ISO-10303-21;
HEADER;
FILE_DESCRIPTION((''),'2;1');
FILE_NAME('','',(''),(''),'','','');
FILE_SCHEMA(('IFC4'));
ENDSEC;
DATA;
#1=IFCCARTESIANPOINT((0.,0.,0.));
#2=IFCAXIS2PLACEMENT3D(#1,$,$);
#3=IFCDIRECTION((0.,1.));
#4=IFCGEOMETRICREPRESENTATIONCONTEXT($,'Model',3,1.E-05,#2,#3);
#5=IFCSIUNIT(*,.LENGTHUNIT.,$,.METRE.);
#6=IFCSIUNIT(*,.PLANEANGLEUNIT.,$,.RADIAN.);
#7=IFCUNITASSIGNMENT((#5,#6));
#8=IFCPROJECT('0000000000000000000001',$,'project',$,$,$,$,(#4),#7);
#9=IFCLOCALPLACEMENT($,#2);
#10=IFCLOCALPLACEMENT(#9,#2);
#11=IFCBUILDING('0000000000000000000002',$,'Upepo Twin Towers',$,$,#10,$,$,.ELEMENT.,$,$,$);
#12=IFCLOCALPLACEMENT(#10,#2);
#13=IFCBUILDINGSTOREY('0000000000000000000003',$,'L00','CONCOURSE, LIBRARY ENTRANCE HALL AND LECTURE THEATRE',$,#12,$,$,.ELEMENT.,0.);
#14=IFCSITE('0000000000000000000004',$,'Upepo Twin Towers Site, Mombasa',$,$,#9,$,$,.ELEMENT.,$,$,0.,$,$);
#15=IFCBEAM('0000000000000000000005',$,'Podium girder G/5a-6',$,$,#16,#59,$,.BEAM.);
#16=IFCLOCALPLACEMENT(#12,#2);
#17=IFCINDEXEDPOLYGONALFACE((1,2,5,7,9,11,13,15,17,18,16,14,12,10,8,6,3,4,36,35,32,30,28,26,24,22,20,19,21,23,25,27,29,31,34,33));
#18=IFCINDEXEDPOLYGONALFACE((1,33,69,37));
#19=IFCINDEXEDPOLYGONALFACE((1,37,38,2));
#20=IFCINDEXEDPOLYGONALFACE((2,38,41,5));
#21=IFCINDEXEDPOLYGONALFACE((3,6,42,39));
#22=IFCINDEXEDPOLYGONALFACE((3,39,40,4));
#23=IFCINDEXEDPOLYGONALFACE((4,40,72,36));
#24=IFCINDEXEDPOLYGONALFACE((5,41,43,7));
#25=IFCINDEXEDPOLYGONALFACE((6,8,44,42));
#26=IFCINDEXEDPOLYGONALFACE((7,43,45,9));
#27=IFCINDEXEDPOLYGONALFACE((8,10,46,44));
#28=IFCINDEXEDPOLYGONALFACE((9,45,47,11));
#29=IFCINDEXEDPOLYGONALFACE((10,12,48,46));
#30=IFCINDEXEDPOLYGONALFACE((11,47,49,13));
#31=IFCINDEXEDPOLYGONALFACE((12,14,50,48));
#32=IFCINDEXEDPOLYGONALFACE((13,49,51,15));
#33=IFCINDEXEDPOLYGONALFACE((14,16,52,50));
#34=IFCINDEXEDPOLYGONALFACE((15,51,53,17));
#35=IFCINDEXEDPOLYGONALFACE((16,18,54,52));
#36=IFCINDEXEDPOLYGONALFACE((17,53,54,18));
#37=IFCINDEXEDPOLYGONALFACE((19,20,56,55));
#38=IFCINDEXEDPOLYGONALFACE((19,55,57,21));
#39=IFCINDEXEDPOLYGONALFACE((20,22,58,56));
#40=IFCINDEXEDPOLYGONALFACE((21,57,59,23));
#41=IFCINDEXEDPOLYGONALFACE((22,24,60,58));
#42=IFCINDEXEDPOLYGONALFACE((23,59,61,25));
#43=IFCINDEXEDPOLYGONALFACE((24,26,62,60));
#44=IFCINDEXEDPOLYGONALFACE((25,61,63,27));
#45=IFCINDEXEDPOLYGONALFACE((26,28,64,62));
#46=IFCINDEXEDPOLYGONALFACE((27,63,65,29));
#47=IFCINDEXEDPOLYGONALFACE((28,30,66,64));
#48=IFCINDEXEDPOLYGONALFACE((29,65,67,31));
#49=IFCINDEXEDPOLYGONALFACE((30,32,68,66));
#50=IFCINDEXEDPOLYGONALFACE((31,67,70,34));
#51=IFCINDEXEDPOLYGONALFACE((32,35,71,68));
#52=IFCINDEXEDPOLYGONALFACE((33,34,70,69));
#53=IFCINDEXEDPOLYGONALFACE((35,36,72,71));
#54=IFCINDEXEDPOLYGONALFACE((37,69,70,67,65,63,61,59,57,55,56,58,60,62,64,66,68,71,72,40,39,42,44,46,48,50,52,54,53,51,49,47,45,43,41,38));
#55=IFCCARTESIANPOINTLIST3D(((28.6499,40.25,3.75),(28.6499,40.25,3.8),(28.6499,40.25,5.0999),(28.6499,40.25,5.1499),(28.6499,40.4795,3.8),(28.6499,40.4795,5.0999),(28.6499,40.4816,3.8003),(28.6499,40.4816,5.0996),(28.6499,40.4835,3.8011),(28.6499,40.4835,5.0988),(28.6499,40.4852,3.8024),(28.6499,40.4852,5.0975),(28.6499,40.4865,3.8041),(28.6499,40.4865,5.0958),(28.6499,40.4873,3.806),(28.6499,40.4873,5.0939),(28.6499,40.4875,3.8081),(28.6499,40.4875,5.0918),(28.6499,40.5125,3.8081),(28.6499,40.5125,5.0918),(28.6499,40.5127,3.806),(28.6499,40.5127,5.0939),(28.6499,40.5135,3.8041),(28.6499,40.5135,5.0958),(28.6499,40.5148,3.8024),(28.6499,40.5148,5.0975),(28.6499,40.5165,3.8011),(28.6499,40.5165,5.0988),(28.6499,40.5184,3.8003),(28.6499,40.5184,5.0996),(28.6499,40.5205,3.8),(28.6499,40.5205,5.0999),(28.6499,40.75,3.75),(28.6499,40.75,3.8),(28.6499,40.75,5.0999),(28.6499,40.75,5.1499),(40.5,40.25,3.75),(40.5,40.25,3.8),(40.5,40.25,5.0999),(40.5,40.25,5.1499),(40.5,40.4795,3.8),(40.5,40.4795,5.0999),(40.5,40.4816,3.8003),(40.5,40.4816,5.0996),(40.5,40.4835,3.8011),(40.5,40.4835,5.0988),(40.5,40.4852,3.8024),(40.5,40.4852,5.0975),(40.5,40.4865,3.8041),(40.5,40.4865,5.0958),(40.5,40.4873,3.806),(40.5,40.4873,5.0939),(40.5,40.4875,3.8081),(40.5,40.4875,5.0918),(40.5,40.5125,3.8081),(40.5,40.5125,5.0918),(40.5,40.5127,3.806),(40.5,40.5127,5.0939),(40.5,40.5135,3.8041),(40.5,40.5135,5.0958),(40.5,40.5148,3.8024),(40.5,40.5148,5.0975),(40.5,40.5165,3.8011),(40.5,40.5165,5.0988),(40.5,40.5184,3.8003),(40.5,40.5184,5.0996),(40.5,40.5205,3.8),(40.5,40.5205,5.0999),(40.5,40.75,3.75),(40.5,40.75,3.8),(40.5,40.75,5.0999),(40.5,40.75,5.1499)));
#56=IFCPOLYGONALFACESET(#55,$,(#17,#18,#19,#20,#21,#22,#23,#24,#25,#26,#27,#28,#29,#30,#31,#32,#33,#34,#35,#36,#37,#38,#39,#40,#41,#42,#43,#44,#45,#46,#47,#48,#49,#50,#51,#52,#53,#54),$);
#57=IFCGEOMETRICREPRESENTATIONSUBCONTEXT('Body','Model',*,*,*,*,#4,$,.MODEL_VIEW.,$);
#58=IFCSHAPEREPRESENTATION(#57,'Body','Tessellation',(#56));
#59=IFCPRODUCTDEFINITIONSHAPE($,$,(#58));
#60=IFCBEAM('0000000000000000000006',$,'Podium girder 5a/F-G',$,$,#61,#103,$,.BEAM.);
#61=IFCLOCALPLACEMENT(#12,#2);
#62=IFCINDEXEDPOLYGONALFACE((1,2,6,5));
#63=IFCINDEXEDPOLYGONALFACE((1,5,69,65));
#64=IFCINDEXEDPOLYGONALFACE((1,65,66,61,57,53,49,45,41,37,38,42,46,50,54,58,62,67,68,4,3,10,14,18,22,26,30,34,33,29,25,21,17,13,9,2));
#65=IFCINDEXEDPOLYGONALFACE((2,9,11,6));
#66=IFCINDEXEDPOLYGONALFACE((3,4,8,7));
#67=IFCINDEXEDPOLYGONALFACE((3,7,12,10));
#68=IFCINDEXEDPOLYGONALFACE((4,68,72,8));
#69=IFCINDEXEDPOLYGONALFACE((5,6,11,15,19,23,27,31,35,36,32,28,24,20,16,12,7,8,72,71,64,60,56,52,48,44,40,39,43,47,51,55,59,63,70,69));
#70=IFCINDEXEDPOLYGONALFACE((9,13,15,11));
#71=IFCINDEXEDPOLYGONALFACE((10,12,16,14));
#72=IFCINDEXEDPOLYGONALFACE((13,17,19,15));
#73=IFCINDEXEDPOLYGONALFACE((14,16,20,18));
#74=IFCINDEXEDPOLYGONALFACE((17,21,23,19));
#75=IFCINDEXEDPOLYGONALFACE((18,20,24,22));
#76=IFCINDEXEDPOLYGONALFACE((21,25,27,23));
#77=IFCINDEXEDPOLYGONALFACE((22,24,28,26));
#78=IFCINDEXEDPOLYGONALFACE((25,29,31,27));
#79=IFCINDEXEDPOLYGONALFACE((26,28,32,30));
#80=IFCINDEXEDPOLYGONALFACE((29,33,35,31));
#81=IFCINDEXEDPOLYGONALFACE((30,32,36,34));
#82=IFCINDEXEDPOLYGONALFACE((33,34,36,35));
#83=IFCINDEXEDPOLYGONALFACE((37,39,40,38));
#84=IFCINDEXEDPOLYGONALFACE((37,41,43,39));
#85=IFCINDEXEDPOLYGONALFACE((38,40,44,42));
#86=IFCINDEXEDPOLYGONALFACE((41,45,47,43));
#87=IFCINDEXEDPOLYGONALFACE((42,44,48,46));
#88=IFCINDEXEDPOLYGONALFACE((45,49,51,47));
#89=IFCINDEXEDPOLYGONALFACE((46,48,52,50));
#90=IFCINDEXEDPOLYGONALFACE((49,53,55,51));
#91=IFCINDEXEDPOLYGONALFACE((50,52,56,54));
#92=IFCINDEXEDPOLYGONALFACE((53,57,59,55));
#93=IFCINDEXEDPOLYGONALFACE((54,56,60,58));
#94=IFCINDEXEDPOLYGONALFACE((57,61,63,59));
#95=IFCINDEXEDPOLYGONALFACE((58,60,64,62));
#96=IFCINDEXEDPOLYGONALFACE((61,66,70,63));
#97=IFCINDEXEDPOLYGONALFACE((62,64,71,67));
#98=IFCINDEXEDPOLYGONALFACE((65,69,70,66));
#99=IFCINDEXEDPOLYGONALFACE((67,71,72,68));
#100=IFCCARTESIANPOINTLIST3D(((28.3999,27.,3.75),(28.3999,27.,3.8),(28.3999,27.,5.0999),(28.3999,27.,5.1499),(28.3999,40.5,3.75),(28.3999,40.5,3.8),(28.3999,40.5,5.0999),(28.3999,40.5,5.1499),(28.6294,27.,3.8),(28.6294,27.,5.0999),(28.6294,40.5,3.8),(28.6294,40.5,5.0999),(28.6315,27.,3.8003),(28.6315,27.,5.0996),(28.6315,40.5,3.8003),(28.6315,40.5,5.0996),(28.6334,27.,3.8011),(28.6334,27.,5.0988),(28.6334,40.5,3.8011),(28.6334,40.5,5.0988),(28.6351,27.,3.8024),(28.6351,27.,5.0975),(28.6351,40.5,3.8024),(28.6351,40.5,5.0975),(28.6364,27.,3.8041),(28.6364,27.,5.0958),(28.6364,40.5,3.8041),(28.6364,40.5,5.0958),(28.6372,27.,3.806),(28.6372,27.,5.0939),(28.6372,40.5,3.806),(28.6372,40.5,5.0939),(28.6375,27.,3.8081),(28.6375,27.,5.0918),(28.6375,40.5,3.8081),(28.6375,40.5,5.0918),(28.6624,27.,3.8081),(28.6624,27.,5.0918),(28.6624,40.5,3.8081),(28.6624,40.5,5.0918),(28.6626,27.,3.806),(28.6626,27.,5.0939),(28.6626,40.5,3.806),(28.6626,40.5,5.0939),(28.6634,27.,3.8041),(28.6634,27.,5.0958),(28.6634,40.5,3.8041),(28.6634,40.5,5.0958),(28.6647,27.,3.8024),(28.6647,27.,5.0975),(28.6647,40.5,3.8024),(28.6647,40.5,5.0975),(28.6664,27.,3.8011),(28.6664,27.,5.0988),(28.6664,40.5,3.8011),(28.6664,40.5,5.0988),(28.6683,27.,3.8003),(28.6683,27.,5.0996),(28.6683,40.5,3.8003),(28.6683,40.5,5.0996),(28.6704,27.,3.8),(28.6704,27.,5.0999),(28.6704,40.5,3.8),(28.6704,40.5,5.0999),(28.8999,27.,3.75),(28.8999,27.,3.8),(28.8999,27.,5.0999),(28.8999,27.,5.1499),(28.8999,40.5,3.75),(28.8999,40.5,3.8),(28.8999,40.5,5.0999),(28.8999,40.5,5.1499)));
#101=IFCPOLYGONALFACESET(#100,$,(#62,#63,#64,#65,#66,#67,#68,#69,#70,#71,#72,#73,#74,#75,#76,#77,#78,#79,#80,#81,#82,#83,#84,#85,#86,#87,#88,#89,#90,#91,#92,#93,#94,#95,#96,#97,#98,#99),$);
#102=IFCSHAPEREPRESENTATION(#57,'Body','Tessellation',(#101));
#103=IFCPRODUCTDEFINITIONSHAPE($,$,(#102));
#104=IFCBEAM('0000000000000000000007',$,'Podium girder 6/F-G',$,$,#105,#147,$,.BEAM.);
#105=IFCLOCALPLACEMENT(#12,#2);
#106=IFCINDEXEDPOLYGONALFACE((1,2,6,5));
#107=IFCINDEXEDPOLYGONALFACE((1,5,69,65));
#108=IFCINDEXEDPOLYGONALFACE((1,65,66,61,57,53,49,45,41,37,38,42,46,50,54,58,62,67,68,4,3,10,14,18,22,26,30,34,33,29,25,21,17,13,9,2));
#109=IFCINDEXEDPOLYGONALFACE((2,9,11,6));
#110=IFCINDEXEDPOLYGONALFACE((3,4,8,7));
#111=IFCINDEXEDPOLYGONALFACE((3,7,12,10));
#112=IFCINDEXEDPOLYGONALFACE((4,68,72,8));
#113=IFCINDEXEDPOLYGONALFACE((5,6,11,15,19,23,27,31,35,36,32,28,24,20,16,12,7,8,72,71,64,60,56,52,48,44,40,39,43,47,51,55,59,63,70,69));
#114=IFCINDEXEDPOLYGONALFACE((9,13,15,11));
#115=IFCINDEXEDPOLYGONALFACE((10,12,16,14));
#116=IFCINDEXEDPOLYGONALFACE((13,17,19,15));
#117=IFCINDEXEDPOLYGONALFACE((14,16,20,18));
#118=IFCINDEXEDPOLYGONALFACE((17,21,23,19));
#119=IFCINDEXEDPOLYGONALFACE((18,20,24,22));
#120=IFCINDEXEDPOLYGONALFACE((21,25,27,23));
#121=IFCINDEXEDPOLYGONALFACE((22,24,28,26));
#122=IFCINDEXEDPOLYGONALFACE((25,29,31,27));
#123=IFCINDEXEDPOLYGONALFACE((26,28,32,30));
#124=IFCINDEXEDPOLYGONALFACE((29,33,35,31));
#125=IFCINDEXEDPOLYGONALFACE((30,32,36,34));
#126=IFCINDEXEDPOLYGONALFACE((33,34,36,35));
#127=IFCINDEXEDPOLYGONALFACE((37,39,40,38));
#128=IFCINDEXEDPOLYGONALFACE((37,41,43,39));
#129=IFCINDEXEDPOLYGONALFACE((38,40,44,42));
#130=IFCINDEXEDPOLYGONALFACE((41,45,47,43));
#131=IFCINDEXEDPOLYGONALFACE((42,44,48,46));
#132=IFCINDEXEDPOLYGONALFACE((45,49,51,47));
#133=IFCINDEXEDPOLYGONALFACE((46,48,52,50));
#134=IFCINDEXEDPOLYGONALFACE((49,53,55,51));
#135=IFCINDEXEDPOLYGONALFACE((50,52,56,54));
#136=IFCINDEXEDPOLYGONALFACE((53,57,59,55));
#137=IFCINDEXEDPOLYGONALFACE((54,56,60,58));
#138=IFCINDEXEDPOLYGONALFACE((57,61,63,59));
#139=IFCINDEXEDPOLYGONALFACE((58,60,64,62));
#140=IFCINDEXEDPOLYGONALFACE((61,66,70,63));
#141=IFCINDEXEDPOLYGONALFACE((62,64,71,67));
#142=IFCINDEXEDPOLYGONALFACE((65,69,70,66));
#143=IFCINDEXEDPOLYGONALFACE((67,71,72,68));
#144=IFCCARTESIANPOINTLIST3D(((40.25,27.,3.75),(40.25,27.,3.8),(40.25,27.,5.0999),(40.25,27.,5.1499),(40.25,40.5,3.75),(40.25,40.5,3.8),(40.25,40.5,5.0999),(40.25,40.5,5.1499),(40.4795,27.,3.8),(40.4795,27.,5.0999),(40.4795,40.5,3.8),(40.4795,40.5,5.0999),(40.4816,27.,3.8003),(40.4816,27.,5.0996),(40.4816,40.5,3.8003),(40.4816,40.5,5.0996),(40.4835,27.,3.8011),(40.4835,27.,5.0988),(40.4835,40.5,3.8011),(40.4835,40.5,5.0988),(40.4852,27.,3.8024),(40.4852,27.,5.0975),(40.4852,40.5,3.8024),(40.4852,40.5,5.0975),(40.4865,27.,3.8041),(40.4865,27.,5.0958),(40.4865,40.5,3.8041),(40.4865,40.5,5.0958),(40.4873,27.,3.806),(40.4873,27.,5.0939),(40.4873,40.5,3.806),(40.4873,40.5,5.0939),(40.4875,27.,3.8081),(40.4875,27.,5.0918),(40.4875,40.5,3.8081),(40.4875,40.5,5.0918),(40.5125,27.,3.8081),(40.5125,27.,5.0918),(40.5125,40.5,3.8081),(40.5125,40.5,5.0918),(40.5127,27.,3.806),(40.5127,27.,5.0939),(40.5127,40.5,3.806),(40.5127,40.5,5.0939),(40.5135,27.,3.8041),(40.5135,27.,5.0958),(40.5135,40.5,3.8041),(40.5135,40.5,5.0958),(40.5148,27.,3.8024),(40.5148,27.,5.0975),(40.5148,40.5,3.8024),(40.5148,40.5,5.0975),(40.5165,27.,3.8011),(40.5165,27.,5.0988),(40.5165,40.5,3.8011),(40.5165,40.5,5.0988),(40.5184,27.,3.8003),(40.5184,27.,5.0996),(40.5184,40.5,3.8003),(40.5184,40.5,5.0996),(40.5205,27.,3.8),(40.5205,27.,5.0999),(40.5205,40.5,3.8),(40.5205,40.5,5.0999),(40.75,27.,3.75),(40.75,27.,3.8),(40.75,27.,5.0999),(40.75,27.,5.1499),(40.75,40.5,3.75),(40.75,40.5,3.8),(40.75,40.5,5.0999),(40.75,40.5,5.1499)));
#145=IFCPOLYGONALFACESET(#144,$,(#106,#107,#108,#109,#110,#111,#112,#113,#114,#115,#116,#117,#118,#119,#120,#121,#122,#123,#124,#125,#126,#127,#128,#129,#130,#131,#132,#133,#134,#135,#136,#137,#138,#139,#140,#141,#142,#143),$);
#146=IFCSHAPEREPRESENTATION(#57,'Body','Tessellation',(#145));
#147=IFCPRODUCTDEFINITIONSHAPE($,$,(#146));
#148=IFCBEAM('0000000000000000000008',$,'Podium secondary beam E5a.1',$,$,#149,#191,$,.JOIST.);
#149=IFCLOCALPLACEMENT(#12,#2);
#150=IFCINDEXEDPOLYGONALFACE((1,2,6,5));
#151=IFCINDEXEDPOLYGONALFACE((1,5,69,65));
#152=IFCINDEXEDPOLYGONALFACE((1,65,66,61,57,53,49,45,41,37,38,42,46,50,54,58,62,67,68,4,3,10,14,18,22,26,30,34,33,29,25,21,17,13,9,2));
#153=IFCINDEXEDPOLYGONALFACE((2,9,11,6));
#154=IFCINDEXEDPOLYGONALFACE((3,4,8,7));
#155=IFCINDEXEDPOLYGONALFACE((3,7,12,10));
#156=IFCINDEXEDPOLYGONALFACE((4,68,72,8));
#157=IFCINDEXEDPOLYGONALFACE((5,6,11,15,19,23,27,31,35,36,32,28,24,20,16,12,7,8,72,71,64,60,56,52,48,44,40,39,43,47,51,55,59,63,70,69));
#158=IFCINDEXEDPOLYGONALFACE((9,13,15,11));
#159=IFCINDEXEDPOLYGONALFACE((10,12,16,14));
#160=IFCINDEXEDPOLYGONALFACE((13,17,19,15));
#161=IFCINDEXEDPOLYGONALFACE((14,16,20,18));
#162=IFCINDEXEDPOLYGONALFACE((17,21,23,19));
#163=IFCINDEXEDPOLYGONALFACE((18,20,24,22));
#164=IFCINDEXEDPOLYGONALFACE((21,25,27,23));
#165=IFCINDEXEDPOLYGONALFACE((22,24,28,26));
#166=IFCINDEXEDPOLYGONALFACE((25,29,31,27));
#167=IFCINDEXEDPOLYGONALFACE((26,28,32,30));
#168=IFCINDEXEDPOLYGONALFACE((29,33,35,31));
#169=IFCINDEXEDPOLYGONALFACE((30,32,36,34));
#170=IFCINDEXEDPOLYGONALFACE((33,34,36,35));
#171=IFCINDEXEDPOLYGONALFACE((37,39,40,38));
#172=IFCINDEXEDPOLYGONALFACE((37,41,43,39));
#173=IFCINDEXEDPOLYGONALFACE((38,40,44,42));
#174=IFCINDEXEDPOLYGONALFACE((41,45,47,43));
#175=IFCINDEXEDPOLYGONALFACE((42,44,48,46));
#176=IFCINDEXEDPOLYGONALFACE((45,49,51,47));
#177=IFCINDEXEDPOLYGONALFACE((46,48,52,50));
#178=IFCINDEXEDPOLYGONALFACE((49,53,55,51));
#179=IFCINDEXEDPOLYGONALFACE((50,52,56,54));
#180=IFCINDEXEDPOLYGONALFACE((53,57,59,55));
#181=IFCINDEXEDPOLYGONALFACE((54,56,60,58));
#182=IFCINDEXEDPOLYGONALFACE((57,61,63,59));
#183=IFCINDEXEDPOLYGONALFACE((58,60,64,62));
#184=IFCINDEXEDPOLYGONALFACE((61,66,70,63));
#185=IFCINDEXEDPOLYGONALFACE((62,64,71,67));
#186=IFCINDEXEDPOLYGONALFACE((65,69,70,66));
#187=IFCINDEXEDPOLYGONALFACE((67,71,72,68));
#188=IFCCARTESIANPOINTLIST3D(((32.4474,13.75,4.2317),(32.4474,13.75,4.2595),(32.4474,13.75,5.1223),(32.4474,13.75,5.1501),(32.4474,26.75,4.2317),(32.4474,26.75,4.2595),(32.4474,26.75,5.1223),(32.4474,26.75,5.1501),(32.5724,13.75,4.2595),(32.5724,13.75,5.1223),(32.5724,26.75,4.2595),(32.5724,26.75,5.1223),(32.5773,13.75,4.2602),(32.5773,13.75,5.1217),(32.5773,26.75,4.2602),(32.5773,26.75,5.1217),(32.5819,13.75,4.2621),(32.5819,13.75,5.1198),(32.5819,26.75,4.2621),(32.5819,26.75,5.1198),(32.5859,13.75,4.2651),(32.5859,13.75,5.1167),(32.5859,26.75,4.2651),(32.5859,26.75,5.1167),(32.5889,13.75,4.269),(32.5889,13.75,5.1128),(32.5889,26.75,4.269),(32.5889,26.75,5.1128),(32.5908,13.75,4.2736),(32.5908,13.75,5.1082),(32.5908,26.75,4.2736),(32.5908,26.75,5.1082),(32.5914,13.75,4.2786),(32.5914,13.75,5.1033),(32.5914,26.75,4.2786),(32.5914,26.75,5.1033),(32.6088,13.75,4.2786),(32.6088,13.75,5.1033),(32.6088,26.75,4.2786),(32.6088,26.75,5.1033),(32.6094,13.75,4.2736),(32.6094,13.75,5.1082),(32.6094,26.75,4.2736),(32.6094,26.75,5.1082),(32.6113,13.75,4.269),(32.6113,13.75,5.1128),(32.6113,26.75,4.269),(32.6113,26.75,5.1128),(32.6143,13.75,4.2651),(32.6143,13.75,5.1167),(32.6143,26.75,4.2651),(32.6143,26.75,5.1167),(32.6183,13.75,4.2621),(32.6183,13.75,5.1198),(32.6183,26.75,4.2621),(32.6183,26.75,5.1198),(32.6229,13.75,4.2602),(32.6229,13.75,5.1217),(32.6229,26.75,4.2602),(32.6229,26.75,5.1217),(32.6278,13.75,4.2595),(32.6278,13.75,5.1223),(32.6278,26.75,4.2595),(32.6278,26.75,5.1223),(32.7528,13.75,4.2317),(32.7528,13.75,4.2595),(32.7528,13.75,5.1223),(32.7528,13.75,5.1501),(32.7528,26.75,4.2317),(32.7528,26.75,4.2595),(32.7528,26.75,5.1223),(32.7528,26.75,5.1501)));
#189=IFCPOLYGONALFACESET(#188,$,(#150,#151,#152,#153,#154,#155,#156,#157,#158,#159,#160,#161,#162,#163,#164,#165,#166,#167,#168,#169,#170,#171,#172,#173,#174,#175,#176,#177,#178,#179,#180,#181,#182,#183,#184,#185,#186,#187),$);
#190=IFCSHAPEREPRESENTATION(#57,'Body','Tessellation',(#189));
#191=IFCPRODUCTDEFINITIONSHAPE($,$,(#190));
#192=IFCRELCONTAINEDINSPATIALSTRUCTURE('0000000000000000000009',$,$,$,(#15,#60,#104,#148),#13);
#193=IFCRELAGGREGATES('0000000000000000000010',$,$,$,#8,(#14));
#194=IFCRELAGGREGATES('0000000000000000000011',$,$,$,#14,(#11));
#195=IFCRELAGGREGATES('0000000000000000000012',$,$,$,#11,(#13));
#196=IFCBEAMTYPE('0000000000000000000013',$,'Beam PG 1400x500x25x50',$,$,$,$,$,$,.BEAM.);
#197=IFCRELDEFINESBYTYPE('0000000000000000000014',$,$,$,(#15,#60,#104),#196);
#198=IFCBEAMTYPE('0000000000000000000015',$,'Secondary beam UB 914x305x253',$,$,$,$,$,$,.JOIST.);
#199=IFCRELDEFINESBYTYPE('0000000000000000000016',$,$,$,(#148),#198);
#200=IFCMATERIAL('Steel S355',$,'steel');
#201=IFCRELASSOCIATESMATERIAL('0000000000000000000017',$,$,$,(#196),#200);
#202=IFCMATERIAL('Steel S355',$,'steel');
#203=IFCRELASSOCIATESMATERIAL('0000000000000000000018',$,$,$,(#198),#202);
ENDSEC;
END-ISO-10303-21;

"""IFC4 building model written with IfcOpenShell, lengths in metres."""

from ifc_helpers import new_model, si_unit, direction, frame, origin, origin_2d, place, context, subcontext, project, spatial, i_section, extrude, material, material_profile, profile_set, type_object, element, save


model = new_model("IFC4")

# Units and contexts
model_context = context("Model", 3, precision=1e-05, world=origin(), true_north=direction((0.0, 1.0)))
body_context = subcontext(model_context, "Body", "Model", "MODEL_VIEW")
ifc_project = project(units=[si_unit("LENGTHUNIT", "METRE"), si_unit("PLANEANGLEUNIT", "RADIAN")], contexts=[model_context])

# Site, building, storey
site_placement = place(None, origin())
site = spatial("IfcSite", under=ifc_project, at=site_placement, Name="Upepo Twin Towers Site, Mombasa", CompositionType="ELEMENT", RefElevation=0.0)
building_placement = place(site_placement, origin())
building = spatial("IfcBuilding", under=site, at=building_placement, Name="Upepo Twin Towers", CompositionType="ELEMENT")
storey_placement = place(building_placement, origin())
storey = spatial("IfcBuildingStorey", under=building, at=storey_placement, Name="L00", Description="CONCOURSE, LIBRARY ENTRANCE HALL AND LECTURE THEATRE", CompositionType="ELEMENT", Elevation=0.0)

# Beams
ifc_material_1 = material(Name="Steel S355", Category="steel")
ifc_material_profile_1 = material_profile(ifc_material_1, i_section(OverallWidth=0.5, OverallDepth=1.3999, WebThickness=0.0249, FlangeThickness=0.05, FilletRadius=0.0081, at=origin_2d()), Name="PG 1400x500x25x50")
ifc_profile_set_1 = profile_set([ifc_material_profile_1], Name="Steel S355")
beam_type_1 = type_object("IfcBeamType", Name="Beam PG 1400x500x25x50", PredefinedType="BEAM", material=ifc_profile_set_1)
beam_1_placement = place(storey_placement, frame((28.6499, 40.5, 4.45), z_axis=(1.0, 0.0, 0.0), x_axis=(0.0, 1.0, 0.0)))
element("IfcBeam", 1, at=beam_1_placement, inside=storey, type_object=beam_type_1, Name="Podium girder G/5a-6", PredefinedType="BEAM", context=body_context, shape_type="SweptSolid", body=[
    extrude(i_section(OverallWidth=0.5, OverallDepth=1.3999, WebThickness=0.0249, FlangeThickness=0.05, FilletRadius=0.0081, at=origin_2d()), origin(), (0.0, 0.0, 1.0), 11.8501),
])
for number, where, z_axis, x_axis, name in (
    (2, (28.6499, 27.0, 4.45), (0.0, 1.0, 0.0), (-1.0, 0.0, 0.0), "Podium girder 5a/F-G"),
    (3, (40.5, 27.0, 4.45), (0.0, 1.0, 0.0), (-1.0, 0.0, 0.0), "Podium girder 6/F-G"),
):
    element("IfcBeam", number, at=place(storey_placement, frame(where, z_axis=z_axis, x_axis=x_axis)), inside=storey, type_object=beam_type_1, Name=name, PredefinedType="BEAM", context=body_context, shape_type="SweptSolid", body=[
        extrude(i_section(OverallWidth=0.5, OverallDepth=1.3999, WebThickness=0.0249, FlangeThickness=0.05, FilletRadius=0.0081, at=origin_2d()), origin(), (0.0, 0.0, 1.0), 13.5),
    ])
ifc_material_2 = material(Name="Steel S355", Category="steel")
ifc_material_profile_2 = material_profile(ifc_material_2, i_section(OverallWidth=0.3054, OverallDepth=0.9185, WebThickness=0.0173, FlangeThickness=0.0278, FilletRadius=0.019, at=origin_2d()), Name="UB 914x305x253")
ifc_profile_set_2 = profile_set([ifc_material_profile_2], Name="Steel S355")
beam_type_2 = type_object("IfcBeamType", Name="Secondary beam UB 914x305x253", PredefinedType="JOIST", material=ifc_profile_set_2)
for number, where, z_axis, x_axis, name in (
    (4, (32.6001, 13.75, 4.6909), (0.0, 1.0, 0.0), (-1.0, 0.0, 0.0), "Podium secondary beam E5a.1"),
):
    element("IfcBeam", number, at=place(storey_placement, frame(where, z_axis=z_axis, x_axis=x_axis)), inside=storey, type_object=beam_type_2, Name=name, PredefinedType="JOIST", context=body_context, shape_type="SweptSolid", body=[
        extrude(i_section(OverallWidth=0.3054, OverallDepth=0.9185, WebThickness=0.0173, FlangeThickness=0.0278, FilletRadius=0.019, at=origin_2d()), origin(), (0.0, 0.0, 1.0), 13.0),
    ])

save(model, "model.ifc")
